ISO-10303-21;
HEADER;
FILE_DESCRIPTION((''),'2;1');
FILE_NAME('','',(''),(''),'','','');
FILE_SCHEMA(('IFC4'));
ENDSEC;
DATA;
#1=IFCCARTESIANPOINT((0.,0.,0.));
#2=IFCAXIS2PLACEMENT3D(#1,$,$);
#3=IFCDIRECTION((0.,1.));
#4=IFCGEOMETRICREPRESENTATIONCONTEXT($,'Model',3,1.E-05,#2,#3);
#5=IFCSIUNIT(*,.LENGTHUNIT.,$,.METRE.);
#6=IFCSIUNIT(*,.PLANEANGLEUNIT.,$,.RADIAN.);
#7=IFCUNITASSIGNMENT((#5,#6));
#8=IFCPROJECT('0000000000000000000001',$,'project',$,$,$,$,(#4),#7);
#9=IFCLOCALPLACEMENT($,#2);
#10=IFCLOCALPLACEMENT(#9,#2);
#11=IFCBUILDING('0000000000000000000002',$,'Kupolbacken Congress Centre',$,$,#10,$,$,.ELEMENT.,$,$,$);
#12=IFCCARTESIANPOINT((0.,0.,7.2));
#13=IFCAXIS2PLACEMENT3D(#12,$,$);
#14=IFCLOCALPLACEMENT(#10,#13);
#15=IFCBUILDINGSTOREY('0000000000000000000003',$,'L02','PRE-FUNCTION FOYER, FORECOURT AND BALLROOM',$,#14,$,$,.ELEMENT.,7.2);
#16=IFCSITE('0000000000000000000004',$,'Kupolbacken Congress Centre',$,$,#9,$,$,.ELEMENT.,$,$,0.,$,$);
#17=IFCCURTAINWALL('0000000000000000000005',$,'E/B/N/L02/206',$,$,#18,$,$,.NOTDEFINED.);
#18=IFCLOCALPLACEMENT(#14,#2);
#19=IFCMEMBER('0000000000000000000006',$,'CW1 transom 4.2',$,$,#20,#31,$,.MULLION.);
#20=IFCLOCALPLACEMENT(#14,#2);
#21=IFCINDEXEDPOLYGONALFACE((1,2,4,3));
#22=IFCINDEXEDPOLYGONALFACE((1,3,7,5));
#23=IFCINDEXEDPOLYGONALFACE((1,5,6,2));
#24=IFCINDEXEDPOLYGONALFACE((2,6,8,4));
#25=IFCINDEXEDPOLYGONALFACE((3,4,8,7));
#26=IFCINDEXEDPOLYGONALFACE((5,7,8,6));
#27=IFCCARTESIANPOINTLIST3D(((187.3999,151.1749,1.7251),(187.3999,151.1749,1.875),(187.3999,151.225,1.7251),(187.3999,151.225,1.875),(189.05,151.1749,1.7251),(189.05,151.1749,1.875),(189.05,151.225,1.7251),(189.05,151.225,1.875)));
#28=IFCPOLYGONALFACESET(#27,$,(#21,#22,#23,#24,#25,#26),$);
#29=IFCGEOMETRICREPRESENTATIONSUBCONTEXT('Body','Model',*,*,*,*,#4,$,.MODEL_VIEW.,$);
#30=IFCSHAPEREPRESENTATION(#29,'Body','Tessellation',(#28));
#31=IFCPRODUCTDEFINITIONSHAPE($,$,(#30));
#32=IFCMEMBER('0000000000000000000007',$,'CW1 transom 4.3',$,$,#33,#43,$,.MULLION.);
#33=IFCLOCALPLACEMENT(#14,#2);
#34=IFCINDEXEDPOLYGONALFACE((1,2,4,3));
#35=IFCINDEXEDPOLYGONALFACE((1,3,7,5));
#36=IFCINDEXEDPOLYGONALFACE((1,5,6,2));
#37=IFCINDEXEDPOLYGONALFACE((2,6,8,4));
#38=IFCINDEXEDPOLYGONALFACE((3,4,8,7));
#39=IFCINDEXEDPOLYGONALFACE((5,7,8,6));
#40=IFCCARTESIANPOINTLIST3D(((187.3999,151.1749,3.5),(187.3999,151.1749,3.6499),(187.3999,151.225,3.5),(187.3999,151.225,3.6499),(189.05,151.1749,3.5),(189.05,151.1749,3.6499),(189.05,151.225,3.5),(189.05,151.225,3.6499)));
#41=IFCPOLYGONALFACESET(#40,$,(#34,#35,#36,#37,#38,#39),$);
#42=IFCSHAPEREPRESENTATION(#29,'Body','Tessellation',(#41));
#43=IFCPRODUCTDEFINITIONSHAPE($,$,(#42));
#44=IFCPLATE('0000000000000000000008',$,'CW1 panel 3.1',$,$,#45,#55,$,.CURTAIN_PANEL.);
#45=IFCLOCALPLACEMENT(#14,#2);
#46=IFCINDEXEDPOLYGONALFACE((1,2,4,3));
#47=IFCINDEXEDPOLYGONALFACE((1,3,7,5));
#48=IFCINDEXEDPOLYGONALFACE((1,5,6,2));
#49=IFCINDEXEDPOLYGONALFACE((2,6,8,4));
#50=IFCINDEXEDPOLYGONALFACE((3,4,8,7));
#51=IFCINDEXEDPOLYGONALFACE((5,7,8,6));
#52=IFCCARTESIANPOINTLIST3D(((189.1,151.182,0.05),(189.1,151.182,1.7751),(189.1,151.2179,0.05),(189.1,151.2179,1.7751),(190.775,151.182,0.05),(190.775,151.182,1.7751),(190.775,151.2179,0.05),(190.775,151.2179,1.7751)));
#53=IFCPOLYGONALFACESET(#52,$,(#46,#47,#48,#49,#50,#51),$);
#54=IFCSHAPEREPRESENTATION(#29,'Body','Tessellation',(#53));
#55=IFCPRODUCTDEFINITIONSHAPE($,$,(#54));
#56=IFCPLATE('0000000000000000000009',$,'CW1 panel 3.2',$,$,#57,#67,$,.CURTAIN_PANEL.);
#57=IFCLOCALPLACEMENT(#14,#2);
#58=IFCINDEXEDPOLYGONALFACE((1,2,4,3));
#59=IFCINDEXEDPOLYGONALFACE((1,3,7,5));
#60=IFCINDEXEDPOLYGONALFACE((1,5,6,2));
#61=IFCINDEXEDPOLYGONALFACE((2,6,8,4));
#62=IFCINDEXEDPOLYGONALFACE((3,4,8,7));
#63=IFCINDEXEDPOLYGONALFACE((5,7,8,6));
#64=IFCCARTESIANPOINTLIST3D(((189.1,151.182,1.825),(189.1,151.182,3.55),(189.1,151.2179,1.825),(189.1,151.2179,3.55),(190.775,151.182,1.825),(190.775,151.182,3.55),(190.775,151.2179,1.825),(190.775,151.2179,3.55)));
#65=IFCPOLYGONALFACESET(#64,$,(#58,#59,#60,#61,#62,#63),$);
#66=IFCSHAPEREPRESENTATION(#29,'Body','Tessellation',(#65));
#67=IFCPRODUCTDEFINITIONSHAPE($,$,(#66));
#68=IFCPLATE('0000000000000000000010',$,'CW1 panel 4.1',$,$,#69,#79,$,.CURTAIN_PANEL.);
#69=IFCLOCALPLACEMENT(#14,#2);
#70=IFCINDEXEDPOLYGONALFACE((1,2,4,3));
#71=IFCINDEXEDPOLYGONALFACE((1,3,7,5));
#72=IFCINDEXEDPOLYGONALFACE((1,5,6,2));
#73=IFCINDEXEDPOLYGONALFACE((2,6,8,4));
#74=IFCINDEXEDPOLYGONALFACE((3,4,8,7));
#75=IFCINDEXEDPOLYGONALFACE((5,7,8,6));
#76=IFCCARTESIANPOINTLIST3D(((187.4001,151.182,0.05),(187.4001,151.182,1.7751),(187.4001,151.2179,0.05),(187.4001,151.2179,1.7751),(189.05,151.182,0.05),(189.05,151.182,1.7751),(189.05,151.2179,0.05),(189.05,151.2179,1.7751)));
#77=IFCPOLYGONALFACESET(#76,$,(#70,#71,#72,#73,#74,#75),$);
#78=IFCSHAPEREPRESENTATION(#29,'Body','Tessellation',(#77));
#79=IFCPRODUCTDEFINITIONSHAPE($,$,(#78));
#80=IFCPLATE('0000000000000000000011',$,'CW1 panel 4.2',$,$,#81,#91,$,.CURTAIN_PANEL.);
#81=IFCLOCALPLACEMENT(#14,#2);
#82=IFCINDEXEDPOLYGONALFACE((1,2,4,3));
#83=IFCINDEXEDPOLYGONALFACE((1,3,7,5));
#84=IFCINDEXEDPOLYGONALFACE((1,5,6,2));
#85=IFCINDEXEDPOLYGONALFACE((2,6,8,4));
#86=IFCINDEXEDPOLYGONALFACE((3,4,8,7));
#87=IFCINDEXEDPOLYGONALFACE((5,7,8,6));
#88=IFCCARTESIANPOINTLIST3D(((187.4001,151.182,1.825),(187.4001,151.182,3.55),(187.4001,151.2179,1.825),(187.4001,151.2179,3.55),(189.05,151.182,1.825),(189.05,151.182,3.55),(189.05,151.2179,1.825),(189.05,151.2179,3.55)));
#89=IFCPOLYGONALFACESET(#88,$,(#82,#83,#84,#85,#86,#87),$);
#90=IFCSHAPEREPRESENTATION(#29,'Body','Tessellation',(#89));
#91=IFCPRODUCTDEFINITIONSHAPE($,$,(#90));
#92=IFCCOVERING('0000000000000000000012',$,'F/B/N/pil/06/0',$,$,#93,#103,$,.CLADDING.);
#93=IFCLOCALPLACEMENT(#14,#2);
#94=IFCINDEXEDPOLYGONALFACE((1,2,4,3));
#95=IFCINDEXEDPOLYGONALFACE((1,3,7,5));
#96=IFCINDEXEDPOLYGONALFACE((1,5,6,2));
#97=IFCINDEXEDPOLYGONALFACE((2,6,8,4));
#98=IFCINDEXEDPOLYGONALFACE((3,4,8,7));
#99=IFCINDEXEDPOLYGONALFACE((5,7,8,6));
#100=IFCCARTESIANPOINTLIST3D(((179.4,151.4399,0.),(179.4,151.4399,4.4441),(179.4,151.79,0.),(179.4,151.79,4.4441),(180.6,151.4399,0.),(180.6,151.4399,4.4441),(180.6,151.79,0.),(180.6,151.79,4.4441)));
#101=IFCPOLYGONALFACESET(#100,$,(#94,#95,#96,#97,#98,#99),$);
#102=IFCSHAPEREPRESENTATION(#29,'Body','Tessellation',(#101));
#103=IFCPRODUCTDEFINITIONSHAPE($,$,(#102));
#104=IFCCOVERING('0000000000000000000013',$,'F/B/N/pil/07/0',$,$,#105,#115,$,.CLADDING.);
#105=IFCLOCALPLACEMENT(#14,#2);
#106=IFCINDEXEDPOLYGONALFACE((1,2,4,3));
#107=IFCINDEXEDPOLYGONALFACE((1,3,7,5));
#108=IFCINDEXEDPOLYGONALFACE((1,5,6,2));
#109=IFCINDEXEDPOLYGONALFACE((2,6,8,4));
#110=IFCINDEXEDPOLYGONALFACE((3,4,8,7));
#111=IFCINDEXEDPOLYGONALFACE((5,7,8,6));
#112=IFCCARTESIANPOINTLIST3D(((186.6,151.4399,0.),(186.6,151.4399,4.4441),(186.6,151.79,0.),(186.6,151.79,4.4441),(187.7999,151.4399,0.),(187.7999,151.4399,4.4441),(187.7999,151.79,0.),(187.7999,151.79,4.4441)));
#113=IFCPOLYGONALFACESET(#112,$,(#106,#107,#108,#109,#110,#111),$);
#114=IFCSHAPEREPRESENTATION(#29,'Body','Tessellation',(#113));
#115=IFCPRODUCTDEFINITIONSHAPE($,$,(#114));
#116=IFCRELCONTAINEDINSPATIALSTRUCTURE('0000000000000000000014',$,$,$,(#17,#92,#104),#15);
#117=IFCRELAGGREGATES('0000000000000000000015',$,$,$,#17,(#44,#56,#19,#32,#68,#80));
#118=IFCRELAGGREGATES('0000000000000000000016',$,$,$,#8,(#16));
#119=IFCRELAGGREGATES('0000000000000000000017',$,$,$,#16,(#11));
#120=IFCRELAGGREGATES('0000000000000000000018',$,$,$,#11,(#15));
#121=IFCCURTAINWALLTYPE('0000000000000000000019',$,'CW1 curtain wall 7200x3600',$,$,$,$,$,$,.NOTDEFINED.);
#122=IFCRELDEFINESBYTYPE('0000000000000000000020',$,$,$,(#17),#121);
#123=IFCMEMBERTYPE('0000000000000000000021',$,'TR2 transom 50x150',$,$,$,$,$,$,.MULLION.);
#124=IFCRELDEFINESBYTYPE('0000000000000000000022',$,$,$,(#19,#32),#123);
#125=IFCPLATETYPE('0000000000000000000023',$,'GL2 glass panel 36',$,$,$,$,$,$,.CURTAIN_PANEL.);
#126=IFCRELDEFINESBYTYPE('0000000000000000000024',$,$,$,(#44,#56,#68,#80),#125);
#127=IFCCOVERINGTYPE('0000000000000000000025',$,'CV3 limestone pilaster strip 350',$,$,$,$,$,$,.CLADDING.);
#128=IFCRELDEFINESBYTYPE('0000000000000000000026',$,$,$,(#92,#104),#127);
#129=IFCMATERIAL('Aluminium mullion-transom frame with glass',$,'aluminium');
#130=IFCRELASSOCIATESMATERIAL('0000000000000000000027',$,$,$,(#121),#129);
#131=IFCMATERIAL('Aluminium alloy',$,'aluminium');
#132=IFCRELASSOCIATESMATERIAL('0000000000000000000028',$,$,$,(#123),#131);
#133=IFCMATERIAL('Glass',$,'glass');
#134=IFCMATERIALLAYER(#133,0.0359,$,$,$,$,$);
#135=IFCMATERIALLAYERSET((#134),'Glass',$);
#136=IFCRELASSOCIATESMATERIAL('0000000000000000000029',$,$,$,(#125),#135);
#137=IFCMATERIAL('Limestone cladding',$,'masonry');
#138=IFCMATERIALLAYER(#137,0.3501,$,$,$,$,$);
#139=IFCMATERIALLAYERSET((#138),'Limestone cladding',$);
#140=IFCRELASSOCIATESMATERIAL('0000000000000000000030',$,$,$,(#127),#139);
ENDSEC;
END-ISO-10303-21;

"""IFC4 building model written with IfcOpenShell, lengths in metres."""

from ifc_helpers import new_model, si_unit, direction, frame, origin, origin_2d, place, context, subcontext, project, spatial, rectangle, extrude, material, layer, layer_set, material_profile, profile_set, type_object, element, aggregate, save


model = new_model("IFC4")

# Units and contexts
model_context = context("Model", 3, precision=1e-05, world=origin(), true_north=direction((0.0, 1.0)))
body_context = subcontext(model_context, "Body", "Model", "MODEL_VIEW")
ifc_project = project(units=[si_unit("LENGTHUNIT", "METRE"), si_unit("PLANEANGLEUNIT", "RADIAN")], contexts=[model_context])

# Site, building, storey
site_placement = place(None, origin())
site = spatial("IfcSite", under=ifc_project, at=site_placement, Name="Kupolbacken Congress Centre", CompositionType="ELEMENT", RefElevation=0.0)
building_placement = place(site_placement, origin())
building = spatial("IfcBuilding", under=site, at=building_placement, Name="Kupolbacken Congress Centre", CompositionType="ELEMENT")
storey_placement = place(building_placement, frame((0.0, 0.0, 7.2)))
storey = spatial("IfcBuildingStorey", under=building, at=storey_placement, Name="L02", Description="PRE-FUNCTION FOYER, FORECOURT AND BALLROOM", CompositionType="ELEMENT", Elevation=7.2)

# Curtain wall, members, plates
ifc_material_1 = material(Name="Aluminium mullion-transom frame with glass", Category="aluminium")
curtain_wall_type = type_object("IfcCurtainWallType", Name="CW1 curtain wall 7200x3600", PredefinedType="NOTDEFINED", material=ifc_material_1)
curtain_wall_placement = place(storey_placement, origin())
curtain_wall = element("IfcCurtainWall", 1, at=curtain_wall_placement, inside=storey, type_object=curtain_wall_type, Name="E/B/N/L02/206", PredefinedType="NOTDEFINED")
ifc_material_2 = material(Name="Aluminium alloy", Category="aluminium")
ifc_material_profile_1 = material_profile(ifc_material_2, rectangle(XDim=0.05, YDim=0.1499, at=origin_2d()), Name="50 x 150")
ifc_profile_set_1 = profile_set([ifc_material_profile_1], Name="Aluminium alloy")
member_type_1 = type_object("IfcMemberType", Name="TR2 transom 50x150", PredefinedType="MULLION", material=ifc_profile_set_1)
member_1_placement = place(storey_placement, frame((189.05, 151.2, 1.8), z_axis=(-1.0, 0.0, 0.0), x_axis=(0.0, -1.0, 0.0)))
member_1 = element("IfcMember", 2, at=member_1_placement, type_object=member_type_1, Name="CW1 transom 4.2", PredefinedType="MULLION", context=body_context, shape_type="SweptSolid", body=[
    extrude(rectangle(XDim=0.05, YDim=0.1499, at=origin_2d()), origin(), (0.0, 0.0, 1.0), 1.6501),
])
member_2_placement = place(storey_placement, frame((189.05, 151.2, 3.575), z_axis=(-1.0, 0.0, 0.0), x_axis=(0.0, -1.0, 0.0)))
member_2 = element("IfcMember", 3, at=member_2_placement, type_object=member_type_1, Name="CW1 transom 4.3", PredefinedType="MULLION", context=body_context, shape_type="SweptSolid", body=[
    extrude(rectangle(XDim=0.05, YDim=0.1499, at=origin_2d()), origin(), (0.0, 0.0, 1.0), 1.6501),
])
ifc_material_3 = material(Name="Glass", Category="glass")
ifc_layer_1 = layer(ifc_material_3, 0.0359)
ifc_layer_set_1 = layer_set([ifc_layer_1], Name="Glass")
plate_type = type_object("IfcPlateType", Name="GL2 glass panel 36", PredefinedType="CURTAIN_PANEL", material=ifc_layer_set_1)
plate_1_placement = place(storey_placement, frame((189.9375, 151.2, 0.05), z_axis=(0.0, 0.0, 1.0), x_axis=(-1.0, 0.0, 0.0)))
plate_1 = element("IfcPlate", 4, at=plate_1_placement, type_object=plate_type, Name="CW1 panel 3.1", PredefinedType="CURTAIN_PANEL", context=body_context, shape_type="SweptSolid", body=[
    extrude(rectangle(XDim=1.675, YDim=0.0359, at=origin_2d()), origin(), (0.0, 0.0, 1.0), 1.7251),
])
plate_2_placement = place(storey_placement, frame((189.9375, 151.2, 1.825), z_axis=(0.0, 0.0, 1.0), x_axis=(-1.0, 0.0, 0.0)))
plate_2 = element("IfcPlate", 5, at=plate_2_placement, type_object=plate_type, Name="CW1 panel 3.2", PredefinedType="CURTAIN_PANEL", context=body_context, shape_type="SweptSolid", body=[
    extrude(rectangle(XDim=1.675, YDim=0.0359, at=origin_2d()), origin(), (0.0, 0.0, 1.0), 1.7251),
])
plate_3_placement = place(storey_placement, frame((188.2251, 151.2, 0.05), z_axis=(0.0, 0.0, 1.0), x_axis=(-1.0, 0.0, 0.0)))
plate_3 = element("IfcPlate", 6, at=plate_3_placement, type_object=plate_type, Name="CW1 panel 4.1", PredefinedType="CURTAIN_PANEL", context=body_context, shape_type="SweptSolid", body=[
    extrude(rectangle(XDim=1.6499, YDim=0.0359, at=origin_2d()), origin(), (0.0, 0.0, 1.0), 1.7251),
])
plate_4_placement = place(storey_placement, frame((188.2251, 151.2, 1.825), z_axis=(0.0, 0.0, 1.0), x_axis=(-1.0, 0.0, 0.0)))
plate_4 = element("IfcPlate", 7, at=plate_4_placement, type_object=plate_type, Name="CW1 panel 4.2", PredefinedType="CURTAIN_PANEL", context=body_context, shape_type="SweptSolid", body=[
    extrude(rectangle(XDim=1.6499, YDim=0.0359, at=origin_2d()), origin(), (0.0, 0.0, 1.0), 1.7251),
])
aggregate(curtain_wall, [plate_1, plate_2, member_1, member_2, plate_3, plate_4])

# Coverings
ifc_material_4 = material(Name="Limestone cladding", Category="masonry")
ifc_layer_2 = layer(ifc_material_4, 0.3501)
ifc_layer_set_2 = layer_set([ifc_layer_2], Name="Limestone cladding")
covering_type = type_object("IfcCoveringType", Name="CV3 limestone pilaster strip 350", PredefinedType="CLADDING", material=ifc_layer_set_2)
for number, where, z_axis, x_axis, name in (
    (8, (180.0, 151.615, 0.0), (0.0, 0.0, 1.0), (1.0, 0.0, 0.0), "F/B/N/pil/06/0"),
    (9, (187.2, 151.615, 0.0), (0.0, 0.0, 1.0), (1.0, 0.0, 0.0), "F/B/N/pil/07/0"),
):
    element("IfcCovering", number, at=place(storey_placement, frame(where, z_axis=z_axis, x_axis=x_axis)), inside=storey, type_object=covering_type, Name=name, PredefinedType="CLADDING", context=body_context, shape_type="SweptSolid", body=[
        extrude(rectangle(XDim=1.2, YDim=0.3501, at=origin_2d()), origin(), (0.0, 0.0, 1.0), 4.4441),
    ])

save(model, "model.ifc")
